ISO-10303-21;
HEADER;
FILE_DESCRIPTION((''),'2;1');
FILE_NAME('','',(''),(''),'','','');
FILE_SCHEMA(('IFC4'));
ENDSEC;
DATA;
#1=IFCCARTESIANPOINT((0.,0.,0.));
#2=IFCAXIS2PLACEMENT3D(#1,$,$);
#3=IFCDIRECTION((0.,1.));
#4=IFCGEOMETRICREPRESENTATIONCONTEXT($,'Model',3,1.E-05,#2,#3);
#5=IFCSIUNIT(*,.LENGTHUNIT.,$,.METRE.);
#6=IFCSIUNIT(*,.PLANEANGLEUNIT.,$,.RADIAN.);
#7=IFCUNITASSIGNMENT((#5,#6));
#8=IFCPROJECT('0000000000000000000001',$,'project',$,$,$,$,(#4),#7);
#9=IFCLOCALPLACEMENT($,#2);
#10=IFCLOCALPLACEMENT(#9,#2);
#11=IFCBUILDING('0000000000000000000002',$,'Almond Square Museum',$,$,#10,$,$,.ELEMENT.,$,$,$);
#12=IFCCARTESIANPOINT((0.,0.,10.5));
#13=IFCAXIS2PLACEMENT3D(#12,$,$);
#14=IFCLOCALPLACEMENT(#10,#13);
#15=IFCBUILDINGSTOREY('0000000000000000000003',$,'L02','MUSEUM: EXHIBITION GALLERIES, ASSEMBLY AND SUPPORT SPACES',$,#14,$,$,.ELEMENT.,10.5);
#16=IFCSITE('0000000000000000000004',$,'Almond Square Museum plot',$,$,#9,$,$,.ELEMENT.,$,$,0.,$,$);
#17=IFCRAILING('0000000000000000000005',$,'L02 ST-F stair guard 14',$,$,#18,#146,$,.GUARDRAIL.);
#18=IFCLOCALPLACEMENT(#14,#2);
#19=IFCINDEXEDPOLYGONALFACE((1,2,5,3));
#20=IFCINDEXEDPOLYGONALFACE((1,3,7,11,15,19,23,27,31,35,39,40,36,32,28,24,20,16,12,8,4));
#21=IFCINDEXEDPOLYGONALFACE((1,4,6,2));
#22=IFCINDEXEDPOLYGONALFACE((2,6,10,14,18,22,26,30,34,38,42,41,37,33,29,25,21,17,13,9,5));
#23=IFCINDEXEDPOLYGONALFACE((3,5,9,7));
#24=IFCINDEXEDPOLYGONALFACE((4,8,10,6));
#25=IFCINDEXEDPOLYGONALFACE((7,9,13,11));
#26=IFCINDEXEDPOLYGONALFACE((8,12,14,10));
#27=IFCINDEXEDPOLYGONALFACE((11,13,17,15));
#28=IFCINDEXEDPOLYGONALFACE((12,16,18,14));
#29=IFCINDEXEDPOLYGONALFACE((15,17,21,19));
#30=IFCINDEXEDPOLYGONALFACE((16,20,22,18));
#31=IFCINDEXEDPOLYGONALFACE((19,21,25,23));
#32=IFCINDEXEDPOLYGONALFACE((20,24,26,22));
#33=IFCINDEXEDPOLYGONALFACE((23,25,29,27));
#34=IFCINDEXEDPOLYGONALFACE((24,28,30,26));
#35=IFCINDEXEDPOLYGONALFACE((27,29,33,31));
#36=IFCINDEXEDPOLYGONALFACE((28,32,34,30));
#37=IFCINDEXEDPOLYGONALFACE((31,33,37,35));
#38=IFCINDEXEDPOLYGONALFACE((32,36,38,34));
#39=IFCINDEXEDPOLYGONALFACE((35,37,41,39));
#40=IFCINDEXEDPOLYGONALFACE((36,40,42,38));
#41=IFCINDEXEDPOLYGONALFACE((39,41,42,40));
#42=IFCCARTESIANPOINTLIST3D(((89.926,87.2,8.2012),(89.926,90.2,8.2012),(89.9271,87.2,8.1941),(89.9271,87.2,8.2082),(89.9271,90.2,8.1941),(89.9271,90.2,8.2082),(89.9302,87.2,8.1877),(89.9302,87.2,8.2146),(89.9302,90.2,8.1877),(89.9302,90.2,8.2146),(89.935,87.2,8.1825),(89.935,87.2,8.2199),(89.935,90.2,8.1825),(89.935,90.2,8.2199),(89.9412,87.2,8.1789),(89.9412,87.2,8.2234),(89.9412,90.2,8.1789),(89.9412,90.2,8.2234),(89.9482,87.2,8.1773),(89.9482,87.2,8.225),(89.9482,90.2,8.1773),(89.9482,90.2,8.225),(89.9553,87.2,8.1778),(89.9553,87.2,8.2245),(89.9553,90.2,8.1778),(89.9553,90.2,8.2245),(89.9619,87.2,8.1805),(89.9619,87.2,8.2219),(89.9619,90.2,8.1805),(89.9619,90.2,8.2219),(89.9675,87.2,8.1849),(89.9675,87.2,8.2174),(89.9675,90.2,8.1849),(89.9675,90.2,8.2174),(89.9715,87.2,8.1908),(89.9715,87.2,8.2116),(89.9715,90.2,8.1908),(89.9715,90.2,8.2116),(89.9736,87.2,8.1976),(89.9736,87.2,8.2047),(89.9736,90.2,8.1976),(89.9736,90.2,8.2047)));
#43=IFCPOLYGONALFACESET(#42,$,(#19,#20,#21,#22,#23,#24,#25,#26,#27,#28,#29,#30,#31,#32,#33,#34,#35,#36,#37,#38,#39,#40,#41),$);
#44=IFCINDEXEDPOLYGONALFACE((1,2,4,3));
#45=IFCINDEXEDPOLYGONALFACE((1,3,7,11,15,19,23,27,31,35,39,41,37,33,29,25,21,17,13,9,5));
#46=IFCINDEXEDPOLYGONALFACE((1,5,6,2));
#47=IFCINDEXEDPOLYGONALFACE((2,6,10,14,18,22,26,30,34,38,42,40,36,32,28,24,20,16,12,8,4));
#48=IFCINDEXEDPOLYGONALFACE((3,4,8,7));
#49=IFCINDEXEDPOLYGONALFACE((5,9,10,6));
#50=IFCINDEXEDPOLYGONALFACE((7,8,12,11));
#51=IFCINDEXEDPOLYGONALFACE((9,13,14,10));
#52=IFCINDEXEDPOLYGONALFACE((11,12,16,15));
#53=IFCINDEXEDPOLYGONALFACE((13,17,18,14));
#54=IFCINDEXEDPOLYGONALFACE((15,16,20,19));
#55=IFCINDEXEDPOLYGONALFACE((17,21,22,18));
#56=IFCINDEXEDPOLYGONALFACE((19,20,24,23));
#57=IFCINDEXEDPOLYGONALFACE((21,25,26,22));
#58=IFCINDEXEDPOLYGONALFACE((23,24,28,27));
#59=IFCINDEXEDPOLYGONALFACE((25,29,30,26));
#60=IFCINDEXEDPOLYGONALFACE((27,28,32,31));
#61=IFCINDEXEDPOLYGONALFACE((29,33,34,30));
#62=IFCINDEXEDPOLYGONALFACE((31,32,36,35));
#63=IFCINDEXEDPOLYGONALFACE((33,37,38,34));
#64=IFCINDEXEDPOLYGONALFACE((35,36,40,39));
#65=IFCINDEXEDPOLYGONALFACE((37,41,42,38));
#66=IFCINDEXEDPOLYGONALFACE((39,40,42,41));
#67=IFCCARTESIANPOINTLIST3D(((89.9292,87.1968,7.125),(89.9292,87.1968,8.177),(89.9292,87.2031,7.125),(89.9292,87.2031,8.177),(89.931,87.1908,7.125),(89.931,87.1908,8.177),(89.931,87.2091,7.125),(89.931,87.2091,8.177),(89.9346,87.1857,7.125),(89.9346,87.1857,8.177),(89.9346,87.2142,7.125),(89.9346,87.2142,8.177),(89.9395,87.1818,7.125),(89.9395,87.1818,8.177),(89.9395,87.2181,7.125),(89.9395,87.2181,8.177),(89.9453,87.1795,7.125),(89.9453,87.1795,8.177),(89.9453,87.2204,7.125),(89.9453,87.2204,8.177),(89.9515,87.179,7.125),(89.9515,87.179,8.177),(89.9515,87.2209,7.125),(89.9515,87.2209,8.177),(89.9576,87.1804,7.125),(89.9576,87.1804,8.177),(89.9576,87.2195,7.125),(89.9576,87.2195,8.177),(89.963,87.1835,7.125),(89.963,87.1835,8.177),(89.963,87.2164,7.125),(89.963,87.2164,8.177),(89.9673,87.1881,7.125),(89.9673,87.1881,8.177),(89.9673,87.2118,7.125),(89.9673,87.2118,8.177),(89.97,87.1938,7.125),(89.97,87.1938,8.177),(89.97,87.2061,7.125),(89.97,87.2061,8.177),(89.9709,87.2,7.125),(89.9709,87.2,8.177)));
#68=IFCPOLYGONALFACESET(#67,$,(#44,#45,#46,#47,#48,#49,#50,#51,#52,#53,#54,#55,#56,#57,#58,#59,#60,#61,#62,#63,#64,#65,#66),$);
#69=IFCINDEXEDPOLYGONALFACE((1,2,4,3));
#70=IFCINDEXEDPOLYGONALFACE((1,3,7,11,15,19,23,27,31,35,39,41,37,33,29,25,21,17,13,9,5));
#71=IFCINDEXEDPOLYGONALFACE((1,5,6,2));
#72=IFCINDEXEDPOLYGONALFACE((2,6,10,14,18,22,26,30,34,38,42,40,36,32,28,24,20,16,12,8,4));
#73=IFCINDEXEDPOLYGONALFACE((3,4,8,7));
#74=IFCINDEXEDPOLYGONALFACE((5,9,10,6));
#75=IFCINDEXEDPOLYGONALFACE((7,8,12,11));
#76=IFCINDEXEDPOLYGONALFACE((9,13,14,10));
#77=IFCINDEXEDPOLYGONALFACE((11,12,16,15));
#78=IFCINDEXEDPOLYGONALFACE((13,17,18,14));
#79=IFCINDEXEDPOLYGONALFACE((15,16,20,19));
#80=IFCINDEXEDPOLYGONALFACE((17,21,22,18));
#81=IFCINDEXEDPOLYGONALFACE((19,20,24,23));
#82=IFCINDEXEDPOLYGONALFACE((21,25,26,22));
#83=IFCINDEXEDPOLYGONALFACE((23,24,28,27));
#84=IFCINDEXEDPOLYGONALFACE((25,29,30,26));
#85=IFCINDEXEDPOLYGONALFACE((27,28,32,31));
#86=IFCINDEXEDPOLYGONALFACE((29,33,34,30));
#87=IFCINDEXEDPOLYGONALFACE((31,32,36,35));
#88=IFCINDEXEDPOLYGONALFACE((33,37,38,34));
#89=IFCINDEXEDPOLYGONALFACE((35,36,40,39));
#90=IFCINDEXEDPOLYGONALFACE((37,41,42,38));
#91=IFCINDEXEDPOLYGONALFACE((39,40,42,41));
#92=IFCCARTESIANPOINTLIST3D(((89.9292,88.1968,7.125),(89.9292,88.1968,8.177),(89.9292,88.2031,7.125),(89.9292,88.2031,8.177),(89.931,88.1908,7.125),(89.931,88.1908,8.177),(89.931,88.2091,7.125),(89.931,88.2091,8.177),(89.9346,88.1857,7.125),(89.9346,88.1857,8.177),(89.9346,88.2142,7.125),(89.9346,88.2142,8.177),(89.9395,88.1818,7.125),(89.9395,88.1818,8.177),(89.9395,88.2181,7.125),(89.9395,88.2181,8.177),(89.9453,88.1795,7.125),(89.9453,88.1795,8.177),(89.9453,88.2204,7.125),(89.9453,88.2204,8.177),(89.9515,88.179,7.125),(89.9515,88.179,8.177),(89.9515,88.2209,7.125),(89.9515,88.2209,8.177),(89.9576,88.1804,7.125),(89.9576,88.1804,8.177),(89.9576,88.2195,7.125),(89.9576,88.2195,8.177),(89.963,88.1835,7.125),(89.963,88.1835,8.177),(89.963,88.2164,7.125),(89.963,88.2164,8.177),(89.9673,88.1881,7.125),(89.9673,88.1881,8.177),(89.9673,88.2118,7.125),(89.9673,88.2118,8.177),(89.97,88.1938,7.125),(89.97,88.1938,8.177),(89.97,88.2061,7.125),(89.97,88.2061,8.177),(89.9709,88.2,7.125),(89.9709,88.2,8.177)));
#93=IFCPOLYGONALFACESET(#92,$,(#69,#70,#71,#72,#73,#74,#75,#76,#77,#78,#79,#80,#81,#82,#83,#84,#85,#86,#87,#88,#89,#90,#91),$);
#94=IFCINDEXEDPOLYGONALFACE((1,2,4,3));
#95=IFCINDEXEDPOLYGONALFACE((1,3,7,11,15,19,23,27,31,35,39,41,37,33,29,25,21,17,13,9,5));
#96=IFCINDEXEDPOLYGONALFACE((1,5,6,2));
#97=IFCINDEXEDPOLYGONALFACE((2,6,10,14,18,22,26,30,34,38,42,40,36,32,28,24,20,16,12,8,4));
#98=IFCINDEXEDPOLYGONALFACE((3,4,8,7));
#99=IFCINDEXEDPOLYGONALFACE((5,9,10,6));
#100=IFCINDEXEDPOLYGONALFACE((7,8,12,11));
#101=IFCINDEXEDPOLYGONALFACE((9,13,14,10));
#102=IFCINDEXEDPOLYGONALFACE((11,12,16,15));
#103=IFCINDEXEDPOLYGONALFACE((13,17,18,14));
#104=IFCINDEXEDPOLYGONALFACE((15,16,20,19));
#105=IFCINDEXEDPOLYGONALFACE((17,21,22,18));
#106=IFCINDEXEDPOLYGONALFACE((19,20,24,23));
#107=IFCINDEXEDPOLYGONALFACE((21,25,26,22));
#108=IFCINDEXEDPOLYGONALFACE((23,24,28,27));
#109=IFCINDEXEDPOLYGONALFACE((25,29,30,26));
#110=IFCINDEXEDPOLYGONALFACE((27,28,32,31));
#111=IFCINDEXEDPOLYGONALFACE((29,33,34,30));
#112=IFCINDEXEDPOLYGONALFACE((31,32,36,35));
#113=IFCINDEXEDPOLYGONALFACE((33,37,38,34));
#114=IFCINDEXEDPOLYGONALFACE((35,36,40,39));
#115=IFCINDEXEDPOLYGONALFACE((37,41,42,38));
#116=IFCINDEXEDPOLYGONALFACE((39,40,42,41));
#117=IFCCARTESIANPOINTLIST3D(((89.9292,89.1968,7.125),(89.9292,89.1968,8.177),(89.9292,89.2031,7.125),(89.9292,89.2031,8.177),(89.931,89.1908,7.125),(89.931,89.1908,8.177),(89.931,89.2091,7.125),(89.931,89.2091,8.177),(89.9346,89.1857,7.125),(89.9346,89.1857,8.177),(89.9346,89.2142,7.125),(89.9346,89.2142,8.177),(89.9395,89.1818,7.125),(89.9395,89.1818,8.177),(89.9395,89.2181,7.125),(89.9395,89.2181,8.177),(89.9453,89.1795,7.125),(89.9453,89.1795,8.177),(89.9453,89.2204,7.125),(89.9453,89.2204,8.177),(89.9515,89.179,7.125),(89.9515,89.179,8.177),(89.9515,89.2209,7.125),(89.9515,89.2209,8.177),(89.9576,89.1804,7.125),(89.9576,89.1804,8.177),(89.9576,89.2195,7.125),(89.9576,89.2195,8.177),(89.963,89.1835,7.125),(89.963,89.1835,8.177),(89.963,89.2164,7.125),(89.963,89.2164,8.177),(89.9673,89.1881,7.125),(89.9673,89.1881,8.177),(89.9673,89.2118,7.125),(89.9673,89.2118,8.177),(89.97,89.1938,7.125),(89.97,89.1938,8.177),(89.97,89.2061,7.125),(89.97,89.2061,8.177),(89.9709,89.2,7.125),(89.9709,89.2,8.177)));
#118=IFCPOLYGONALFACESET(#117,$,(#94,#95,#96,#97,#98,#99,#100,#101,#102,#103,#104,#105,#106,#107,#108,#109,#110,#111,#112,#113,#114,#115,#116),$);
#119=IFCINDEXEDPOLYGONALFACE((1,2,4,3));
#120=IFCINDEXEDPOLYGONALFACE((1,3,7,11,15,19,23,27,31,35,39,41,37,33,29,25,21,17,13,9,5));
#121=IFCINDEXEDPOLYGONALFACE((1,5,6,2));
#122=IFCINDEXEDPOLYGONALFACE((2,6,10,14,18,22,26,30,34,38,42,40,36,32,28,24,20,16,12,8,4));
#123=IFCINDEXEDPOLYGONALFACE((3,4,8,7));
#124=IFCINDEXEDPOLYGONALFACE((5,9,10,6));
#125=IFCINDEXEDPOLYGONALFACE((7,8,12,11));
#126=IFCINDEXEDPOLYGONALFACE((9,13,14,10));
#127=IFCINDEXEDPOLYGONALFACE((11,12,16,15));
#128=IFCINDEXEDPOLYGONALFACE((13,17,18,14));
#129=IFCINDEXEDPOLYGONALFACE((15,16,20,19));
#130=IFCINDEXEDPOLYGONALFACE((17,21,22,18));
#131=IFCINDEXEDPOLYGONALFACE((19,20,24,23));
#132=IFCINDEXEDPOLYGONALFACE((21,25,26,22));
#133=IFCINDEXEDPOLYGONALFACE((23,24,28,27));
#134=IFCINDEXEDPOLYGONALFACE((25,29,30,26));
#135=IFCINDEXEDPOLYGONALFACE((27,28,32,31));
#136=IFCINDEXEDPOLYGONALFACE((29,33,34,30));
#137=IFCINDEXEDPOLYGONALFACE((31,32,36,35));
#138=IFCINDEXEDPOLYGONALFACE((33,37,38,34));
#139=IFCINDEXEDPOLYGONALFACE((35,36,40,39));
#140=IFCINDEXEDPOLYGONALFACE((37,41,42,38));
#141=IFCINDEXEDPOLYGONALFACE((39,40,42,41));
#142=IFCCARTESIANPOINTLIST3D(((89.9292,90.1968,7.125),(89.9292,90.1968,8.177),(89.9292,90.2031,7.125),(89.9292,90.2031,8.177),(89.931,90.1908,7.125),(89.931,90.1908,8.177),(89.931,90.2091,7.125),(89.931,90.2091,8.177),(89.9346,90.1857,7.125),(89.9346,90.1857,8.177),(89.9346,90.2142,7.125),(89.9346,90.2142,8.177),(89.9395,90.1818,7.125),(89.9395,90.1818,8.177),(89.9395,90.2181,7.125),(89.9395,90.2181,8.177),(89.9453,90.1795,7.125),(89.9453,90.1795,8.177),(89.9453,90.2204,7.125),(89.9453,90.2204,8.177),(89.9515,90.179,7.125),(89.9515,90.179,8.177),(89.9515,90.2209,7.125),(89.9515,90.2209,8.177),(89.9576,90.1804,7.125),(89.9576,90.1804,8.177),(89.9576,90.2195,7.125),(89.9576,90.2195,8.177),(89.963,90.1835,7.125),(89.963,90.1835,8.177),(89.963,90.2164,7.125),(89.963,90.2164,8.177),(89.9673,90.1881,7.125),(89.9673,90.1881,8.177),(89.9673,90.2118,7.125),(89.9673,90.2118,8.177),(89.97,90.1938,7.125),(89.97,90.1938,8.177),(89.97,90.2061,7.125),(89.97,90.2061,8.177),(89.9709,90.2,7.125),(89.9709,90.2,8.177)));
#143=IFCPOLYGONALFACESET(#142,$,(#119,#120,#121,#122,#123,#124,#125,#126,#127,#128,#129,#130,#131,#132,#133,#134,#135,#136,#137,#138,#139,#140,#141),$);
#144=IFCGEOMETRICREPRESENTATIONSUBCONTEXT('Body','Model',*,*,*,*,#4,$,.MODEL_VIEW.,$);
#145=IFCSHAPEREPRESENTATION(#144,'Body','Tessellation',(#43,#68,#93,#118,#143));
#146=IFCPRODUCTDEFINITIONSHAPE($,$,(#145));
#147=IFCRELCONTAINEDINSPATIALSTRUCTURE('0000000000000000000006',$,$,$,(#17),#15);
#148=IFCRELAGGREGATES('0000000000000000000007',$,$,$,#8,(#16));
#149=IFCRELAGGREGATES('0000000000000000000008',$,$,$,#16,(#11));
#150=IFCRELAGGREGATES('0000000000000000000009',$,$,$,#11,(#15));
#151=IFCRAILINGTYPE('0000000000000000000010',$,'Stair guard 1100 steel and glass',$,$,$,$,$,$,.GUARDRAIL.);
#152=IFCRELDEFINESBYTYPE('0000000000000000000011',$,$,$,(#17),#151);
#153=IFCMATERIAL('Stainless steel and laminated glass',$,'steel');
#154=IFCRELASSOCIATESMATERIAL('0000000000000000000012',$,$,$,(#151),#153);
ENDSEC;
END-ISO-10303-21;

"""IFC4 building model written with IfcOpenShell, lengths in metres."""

from ifc_helpers import new_model, si_unit, direction, frame, origin, origin_2d, place, context, subcontext, project, spatial, circle, extrude, material, type_object, element, save


model = new_model("IFC4")

# Units and contexts
model_context = context("Model", 3, precision=1e-05, world=origin(), true_north=direction((0.0, 1.0)))
body_context = subcontext(model_context, "Body", "Model", "MODEL_VIEW")
ifc_project = project(units=[si_unit("LENGTHUNIT", "METRE"), si_unit("PLANEANGLEUNIT", "RADIAN")], contexts=[model_context])

# Site, building, storey
site_placement = place(None, origin())
site = spatial("IfcSite", under=ifc_project, at=site_placement, Name="Almond Square Museum plot", CompositionType="ELEMENT", RefElevation=0.0)
building_placement = place(site_placement, origin())
building = spatial("IfcBuilding", under=site, at=building_placement, Name="Almond Square Museum", CompositionType="ELEMENT")
storey_placement = place(building_placement, frame((0.0, 0.0, 10.5)))
storey = spatial("IfcBuildingStorey", under=building, at=storey_placement, Name="L02", Description="MUSEUM: EXHIBITION GALLERIES, ASSEMBLY AND SUPPORT SPACES", CompositionType="ELEMENT", Elevation=10.5)

# Railing
ifc_material_1 = material(Name="Stainless steel and laminated glass", Category="steel")
railing_type_1 = type_object("IfcRailingType", Name="Stair guard 1100 steel and glass", PredefinedType="GUARDRAIL", material=ifc_material_1)
railing_1_placement = place(storey_placement, frame((89.95, 87.2, 7.125)))
element("IfcRailing", 1, at=railing_1_placement, inside=storey, type_object=railing_type_1, Name="L02 ST-F stair guard 14", PredefinedType="GUARDRAIL", context=body_context, shape_type="SweptSolid", body=[
    extrude(circle(Radius=0.0239, at=origin_2d()), frame((0.0, 0.0, 1.0762), z_axis=(0.0, 1.0, 0.0), x_axis=(-1.0, 0.0, 0.0)), (0.0, 0.0, 1.0), 3.0),
    extrude(circle(Radius=0.021, at=origin_2d()), origin(), (0.0, 0.0, 1.0), 1.052),
    extrude(circle(Radius=0.021, at=origin_2d()), frame((0.0, 1.0, 0.0)), (0.0, 0.0, 1.0), 1.052),
    extrude(circle(Radius=0.021, at=origin_2d()), frame((0.0, 2.0, 0.0)), (0.0, 0.0, 1.0), 1.052),
    extrude(circle(Radius=0.021, at=origin_2d()), frame((0.0, 3.0, 0.0)), (0.0, 0.0, 1.0), 1.052),
])

save(model, "model.ifc")
